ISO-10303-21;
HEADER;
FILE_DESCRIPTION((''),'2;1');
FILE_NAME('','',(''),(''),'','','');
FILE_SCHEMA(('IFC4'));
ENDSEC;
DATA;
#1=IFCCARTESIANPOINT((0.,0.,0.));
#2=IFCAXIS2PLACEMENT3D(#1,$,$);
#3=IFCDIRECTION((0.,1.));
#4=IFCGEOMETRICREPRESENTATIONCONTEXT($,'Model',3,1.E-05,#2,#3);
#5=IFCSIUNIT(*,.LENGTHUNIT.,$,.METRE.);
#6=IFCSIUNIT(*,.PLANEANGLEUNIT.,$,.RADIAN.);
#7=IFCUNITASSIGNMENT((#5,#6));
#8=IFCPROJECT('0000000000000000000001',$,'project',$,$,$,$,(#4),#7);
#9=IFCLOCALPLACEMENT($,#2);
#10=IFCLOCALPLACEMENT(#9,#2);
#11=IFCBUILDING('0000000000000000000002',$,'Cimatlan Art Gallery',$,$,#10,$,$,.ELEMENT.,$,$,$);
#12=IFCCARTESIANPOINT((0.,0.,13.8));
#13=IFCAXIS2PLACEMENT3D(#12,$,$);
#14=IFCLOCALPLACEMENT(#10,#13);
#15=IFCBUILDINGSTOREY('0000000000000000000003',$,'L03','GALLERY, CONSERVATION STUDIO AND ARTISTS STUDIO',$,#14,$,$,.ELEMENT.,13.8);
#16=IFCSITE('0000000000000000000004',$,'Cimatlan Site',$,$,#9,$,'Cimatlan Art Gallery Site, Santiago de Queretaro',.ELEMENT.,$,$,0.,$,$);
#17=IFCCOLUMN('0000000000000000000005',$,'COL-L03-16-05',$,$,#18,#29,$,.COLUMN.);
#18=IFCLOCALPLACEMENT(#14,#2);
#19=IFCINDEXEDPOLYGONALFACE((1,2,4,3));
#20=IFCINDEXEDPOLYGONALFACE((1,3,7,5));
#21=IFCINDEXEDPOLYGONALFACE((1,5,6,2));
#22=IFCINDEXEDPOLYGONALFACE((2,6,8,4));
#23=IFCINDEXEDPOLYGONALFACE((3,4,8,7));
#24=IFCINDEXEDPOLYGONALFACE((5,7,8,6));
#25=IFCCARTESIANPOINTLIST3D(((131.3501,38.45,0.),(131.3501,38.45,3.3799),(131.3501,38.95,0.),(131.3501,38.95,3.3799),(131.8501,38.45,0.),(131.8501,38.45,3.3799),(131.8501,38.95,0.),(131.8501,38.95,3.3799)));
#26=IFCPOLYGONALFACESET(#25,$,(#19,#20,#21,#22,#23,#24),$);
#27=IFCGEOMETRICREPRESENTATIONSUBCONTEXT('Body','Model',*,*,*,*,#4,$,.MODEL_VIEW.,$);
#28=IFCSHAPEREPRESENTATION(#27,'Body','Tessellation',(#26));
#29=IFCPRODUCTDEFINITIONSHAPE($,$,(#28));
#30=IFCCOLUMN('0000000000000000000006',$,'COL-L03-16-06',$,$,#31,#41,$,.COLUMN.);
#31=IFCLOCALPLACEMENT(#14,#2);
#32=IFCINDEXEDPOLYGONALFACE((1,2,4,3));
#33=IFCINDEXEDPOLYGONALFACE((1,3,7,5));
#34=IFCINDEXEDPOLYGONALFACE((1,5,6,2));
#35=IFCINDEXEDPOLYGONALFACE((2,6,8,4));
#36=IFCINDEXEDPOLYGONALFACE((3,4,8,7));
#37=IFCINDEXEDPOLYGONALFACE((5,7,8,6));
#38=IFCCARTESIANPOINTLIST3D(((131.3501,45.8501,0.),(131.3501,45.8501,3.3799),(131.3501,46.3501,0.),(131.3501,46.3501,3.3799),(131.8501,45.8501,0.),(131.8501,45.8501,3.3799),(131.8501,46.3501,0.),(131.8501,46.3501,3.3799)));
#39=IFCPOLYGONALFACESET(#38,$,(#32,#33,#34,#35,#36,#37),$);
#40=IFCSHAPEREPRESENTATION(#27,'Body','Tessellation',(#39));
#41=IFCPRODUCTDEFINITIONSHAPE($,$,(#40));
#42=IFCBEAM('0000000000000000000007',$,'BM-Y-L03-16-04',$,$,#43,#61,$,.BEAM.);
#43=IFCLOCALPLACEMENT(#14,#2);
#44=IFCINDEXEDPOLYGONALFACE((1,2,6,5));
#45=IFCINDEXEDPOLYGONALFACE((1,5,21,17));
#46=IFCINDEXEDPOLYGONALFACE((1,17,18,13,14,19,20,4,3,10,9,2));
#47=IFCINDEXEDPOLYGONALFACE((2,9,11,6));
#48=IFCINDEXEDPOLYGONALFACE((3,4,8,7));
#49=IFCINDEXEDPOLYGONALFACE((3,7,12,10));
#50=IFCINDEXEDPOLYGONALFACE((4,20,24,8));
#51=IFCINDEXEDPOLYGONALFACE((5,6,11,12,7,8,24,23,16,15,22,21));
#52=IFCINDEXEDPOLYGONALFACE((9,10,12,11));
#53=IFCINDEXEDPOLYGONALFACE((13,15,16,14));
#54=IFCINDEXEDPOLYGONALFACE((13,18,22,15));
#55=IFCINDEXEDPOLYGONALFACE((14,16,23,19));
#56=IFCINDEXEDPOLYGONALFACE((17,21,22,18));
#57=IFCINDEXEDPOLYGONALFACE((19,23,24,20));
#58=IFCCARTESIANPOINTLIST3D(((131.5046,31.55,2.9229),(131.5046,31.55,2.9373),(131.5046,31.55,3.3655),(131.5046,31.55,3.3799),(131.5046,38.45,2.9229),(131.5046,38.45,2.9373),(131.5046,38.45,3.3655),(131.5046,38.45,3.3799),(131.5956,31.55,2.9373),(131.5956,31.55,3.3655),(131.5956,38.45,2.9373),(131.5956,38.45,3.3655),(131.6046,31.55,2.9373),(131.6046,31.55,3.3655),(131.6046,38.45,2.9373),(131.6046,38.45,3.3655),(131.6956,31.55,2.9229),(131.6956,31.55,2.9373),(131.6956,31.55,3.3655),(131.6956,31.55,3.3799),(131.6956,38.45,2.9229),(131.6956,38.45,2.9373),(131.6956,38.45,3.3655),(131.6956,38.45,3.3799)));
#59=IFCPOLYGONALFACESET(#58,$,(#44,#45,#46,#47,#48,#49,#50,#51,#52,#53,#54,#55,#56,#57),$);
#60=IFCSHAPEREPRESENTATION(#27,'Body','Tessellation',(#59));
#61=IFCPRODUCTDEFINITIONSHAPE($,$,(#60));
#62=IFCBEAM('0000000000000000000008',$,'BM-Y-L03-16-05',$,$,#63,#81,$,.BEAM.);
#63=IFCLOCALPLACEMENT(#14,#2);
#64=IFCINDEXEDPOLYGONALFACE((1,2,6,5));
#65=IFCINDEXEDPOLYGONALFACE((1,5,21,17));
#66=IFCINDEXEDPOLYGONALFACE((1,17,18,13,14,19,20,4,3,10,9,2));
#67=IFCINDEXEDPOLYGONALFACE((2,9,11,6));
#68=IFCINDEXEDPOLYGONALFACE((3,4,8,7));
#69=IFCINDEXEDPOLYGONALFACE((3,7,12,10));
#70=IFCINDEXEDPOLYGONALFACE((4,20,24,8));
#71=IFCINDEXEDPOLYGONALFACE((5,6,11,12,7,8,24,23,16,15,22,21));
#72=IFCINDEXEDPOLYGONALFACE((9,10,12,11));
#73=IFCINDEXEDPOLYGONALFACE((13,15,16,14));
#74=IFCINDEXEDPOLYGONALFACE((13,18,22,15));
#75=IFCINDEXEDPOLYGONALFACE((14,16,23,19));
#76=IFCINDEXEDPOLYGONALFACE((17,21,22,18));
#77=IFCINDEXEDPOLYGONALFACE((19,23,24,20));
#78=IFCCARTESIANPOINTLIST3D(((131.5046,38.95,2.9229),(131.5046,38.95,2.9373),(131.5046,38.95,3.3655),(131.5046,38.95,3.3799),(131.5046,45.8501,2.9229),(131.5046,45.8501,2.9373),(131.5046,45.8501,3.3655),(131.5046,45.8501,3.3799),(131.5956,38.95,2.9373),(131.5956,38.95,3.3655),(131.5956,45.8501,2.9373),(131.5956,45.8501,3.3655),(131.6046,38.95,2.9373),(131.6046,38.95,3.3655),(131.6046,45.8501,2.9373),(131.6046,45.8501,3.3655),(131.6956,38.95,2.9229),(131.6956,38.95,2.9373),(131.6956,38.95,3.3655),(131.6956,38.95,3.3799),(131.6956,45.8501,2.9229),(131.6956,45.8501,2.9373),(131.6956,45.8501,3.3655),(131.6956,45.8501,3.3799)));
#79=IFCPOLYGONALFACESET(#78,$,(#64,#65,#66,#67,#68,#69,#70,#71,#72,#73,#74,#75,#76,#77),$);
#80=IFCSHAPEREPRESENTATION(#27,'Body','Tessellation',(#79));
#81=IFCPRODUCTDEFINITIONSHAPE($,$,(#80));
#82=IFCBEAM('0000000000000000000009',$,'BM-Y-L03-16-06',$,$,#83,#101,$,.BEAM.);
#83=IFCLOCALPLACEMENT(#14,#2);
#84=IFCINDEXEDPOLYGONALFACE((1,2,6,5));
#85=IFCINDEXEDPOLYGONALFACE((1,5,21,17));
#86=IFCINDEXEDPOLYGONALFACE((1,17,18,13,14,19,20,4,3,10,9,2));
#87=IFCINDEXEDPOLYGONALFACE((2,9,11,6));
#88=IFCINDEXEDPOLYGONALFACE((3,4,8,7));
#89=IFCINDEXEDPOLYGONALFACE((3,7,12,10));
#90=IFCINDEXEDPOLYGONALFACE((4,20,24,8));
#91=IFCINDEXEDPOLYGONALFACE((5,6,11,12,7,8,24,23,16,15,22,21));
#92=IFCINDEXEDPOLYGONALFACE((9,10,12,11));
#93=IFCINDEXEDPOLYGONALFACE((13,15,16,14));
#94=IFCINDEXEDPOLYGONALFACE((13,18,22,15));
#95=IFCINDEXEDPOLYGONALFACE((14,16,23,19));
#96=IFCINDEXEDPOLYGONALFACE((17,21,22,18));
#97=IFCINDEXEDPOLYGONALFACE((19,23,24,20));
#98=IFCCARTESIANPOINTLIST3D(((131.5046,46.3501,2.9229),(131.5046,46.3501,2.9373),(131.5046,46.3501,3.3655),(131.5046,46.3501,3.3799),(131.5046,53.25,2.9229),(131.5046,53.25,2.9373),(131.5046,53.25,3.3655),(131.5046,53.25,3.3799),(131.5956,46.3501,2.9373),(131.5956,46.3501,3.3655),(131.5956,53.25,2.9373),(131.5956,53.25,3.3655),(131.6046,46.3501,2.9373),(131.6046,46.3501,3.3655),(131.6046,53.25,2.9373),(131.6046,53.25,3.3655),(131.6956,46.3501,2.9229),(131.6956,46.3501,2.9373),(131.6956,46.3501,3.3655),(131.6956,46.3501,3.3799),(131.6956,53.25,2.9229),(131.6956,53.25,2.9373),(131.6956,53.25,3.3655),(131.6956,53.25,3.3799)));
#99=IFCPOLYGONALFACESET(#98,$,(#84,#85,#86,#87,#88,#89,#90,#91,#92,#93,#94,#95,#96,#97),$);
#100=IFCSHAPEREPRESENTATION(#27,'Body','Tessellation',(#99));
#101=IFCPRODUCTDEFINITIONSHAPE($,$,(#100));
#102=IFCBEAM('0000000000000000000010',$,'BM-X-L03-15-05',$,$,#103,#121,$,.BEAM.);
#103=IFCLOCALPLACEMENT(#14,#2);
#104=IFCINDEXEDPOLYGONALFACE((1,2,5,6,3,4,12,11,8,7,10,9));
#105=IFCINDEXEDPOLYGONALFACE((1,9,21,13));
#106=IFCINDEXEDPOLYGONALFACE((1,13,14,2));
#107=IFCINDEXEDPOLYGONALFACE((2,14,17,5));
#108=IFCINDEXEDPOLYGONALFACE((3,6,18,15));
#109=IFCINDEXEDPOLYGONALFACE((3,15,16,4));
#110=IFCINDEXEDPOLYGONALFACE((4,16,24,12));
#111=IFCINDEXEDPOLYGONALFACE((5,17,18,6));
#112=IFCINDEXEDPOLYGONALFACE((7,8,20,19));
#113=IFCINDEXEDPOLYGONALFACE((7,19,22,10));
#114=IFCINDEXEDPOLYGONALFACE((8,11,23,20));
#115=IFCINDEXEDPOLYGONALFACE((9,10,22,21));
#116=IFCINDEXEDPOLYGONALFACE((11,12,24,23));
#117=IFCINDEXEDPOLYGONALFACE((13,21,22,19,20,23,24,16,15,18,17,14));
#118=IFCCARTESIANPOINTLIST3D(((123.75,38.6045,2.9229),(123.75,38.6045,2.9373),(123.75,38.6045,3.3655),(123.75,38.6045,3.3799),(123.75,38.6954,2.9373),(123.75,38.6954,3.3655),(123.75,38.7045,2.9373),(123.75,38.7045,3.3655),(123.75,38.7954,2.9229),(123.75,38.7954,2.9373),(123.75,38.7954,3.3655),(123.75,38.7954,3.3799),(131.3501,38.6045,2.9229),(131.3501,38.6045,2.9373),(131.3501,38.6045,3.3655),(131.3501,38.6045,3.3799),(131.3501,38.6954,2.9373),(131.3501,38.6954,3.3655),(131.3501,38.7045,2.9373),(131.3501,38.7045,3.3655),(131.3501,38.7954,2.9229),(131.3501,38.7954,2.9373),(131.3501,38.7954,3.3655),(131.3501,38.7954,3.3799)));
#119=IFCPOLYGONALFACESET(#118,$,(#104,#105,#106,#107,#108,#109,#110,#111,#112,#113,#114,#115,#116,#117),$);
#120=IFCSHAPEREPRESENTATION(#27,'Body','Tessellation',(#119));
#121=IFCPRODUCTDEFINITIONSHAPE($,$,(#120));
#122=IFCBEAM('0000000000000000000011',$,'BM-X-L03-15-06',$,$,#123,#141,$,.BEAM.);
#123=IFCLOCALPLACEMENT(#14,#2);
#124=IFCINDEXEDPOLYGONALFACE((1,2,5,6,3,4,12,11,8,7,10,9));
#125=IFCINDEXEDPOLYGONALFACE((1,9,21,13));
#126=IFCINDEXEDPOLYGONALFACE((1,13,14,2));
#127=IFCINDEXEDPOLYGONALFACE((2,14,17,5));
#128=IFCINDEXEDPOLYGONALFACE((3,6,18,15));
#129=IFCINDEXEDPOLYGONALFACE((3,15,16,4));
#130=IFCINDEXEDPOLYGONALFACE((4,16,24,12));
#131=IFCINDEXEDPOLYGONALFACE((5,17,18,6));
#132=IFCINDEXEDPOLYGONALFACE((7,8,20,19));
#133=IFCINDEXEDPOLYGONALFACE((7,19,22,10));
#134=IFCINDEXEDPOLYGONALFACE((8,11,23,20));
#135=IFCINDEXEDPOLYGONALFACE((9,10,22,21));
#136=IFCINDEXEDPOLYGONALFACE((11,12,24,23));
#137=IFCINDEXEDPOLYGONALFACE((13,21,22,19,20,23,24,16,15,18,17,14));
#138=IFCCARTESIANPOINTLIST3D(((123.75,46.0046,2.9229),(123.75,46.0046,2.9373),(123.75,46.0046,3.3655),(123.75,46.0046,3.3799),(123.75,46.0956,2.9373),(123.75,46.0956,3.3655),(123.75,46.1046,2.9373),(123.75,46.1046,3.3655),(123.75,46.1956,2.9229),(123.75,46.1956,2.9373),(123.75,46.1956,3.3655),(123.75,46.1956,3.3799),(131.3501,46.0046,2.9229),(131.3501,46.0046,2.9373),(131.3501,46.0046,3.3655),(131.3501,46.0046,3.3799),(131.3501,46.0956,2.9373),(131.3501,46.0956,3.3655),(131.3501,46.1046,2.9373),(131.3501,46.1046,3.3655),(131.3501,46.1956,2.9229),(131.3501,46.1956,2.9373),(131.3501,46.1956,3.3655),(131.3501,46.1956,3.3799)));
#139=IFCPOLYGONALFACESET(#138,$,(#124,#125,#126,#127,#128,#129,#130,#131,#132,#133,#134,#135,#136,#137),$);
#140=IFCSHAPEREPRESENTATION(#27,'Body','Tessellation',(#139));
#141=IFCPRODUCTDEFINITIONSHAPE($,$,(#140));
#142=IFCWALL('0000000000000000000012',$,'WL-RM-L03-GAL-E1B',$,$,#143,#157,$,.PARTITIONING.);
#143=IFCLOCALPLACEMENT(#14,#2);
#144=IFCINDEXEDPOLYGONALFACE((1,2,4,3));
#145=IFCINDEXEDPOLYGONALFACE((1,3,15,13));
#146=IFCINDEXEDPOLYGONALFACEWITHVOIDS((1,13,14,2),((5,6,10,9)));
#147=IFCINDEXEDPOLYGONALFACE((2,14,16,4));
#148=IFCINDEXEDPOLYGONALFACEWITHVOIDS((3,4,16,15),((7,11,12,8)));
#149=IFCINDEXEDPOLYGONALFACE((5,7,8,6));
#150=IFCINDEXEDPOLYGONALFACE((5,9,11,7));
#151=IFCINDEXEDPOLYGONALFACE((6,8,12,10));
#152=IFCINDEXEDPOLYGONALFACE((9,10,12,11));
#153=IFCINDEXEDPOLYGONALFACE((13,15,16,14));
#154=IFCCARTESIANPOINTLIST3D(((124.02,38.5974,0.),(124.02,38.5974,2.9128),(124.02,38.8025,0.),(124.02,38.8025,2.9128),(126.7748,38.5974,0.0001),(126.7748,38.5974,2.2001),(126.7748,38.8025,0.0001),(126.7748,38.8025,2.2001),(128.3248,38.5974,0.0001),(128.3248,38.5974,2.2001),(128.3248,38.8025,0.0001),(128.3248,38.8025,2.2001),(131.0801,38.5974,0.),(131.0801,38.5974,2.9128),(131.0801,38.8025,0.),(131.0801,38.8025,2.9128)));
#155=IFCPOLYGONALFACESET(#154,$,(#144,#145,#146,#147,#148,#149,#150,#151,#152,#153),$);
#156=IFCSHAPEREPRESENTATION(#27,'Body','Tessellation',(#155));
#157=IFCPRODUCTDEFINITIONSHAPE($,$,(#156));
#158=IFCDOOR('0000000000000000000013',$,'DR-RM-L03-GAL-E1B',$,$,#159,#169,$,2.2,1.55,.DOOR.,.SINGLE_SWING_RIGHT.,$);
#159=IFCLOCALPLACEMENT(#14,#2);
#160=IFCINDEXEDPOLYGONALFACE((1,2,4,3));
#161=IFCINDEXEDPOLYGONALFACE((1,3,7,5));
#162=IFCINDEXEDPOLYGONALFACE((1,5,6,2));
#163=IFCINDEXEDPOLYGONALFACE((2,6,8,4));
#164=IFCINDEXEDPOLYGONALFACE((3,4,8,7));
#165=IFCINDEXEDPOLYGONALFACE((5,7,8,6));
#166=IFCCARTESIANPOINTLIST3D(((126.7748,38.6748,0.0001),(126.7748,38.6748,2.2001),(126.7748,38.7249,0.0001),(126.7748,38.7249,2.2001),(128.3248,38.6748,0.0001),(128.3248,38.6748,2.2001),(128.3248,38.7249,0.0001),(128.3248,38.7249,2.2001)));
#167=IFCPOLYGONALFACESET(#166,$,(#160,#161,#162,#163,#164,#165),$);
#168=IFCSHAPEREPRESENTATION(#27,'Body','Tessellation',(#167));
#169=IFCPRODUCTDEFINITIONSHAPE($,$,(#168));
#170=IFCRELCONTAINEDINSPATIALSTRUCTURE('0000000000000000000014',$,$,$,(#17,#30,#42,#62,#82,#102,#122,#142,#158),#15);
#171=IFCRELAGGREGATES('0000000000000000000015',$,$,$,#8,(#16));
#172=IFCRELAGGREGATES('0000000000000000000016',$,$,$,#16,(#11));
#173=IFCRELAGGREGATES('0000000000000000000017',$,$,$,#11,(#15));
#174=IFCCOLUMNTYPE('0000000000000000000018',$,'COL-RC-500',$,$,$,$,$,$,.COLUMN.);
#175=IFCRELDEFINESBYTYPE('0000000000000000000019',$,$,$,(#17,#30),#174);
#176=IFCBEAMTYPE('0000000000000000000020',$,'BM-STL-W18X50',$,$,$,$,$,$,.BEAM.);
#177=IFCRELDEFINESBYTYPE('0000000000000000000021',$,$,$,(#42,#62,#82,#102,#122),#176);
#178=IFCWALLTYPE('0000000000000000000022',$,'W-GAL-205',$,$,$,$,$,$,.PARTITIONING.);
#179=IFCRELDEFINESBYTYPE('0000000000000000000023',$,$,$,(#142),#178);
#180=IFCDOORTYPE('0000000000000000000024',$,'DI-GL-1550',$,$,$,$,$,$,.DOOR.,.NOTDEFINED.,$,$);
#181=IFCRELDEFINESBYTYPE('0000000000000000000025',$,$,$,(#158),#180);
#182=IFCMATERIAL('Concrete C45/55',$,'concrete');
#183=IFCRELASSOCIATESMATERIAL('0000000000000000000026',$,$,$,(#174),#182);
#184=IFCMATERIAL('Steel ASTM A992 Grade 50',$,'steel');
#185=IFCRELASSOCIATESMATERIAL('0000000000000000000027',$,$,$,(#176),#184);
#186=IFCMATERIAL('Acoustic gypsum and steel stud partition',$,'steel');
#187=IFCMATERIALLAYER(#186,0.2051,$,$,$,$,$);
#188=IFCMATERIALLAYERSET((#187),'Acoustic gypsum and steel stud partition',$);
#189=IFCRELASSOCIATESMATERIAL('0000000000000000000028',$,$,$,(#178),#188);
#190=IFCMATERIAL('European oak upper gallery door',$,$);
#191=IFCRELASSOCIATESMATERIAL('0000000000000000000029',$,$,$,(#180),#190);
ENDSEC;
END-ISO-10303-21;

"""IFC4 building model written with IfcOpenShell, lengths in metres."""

from ifc_helpers import new_model, si_unit, direction, frame, frame_2d, origin, origin_2d, place, context, subcontext, project, spatial, rectangle, i_section, extrude, material, layer, layer_set, material_profile, profile_set, type_object, element, fill, save


model = new_model("IFC4")

# Units and contexts
model_context = context("Model", 3, precision=1e-05, world=origin(), true_north=direction((0.0, 1.0)))
body_context = subcontext(model_context, "Body", "Model", "MODEL_VIEW")
ifc_project = project(units=[si_unit("LENGTHUNIT", "METRE"), si_unit("PLANEANGLEUNIT", "RADIAN")], contexts=[model_context])

# Site, building, storey
site_placement = place(None, origin())
site = spatial("IfcSite", under=ifc_project, at=site_placement, Name="Cimatlan Site", LongName="Cimatlan Art Gallery Site, Santiago de Queretaro", CompositionType="ELEMENT", RefElevation=0.0)
building_placement = place(site_placement, origin())
building = spatial("IfcBuilding", under=site, at=building_placement, Name="Cimatlan Art Gallery", CompositionType="ELEMENT")
storey_placement = place(building_placement, frame((0.0, 0.0, 13.8)))
storey = spatial("IfcBuildingStorey", under=building, at=storey_placement, Name="L03", Description="GALLERY, CONSERVATION STUDIO AND ARTISTS STUDIO", CompositionType="ELEMENT", Elevation=13.8)

# Columns
ifc_material_1 = material(Name="Concrete C45/55", Category="concrete")
ifc_material_profile_1 = material_profile(ifc_material_1, rectangle(XDim=0.5, YDim=0.5, at=origin_2d()), Name="RC500X500")
ifc_profile_set_1 = profile_set([ifc_material_profile_1], Name="Concrete C45/55")
column_type = type_object("IfcColumnType", Name="COL-RC-500", PredefinedType="COLUMN", material=ifc_profile_set_1)
for number, where, z_axis, x_axis, name in (
    (1, (131.6001, 38.7, 0.0), (0.0, 0.0, 1.0), (1.0, 0.0, 0.0), "COL-L03-16-05"),
    (2, (131.6001, 46.1001, 0.0), (0.0, 0.0, 1.0), (1.0, 0.0, 0.0), "COL-L03-16-06"),
):
    element("IfcColumn", number, at=place(storey_placement, frame(where, z_axis=z_axis, x_axis=x_axis)), inside=storey, type_object=column_type, Name=name, PredefinedType="COLUMN", context=body_context, shape_type="SweptSolid", body=[
        extrude(rectangle(XDim=0.5, YDim=0.5, at=origin_2d()), origin(), (0.0, 0.0, 1.0), 3.3799),
    ])

# Beams
ifc_material_2 = material(Name="Steel ASTM A992 Grade 50", Category="steel")
ifc_material_profile_2 = material_profile(ifc_material_2, i_section(OverallWidth=0.1909, OverallDepth=0.457, WebThickness=0.009, FlangeThickness=0.0144, at=origin_2d()), Name="W18X50")
ifc_profile_set_2 = profile_set([ifc_material_profile_2], Name="Steel ASTM A992 Grade 50")
beam_type = type_object("IfcBeamType", Name="BM-STL-W18X50", PredefinedType="BEAM", material=ifc_profile_set_2)
beam_1_placement = place(storey_placement, frame((131.6001, 31.55, 3.1514), z_axis=(0.0, 1.0, 0.0), x_axis=(-1.0, 0.0, 0.0)))
element("IfcBeam", 3, at=beam_1_placement, inside=storey, type_object=beam_type, Name="BM-Y-L03-16-04", PredefinedType="BEAM", context=body_context, shape_type="SweptSolid", body=[
    extrude(i_section(OverallWidth=0.1909, OverallDepth=0.457, WebThickness=0.009, FlangeThickness=0.0144, at=origin_2d()), origin(), (0.0, 0.0, 1.0), 6.8999),
])
beam_2_placement = place(storey_placement, frame((131.6001, 38.95, 3.1514), z_axis=(0.0, 1.0, 0.0), x_axis=(-1.0, 0.0, 0.0)))
element("IfcBeam", 4, at=beam_2_placement, inside=storey, type_object=beam_type, Name="BM-Y-L03-16-05", PredefinedType="BEAM", context=body_context, shape_type="SweptSolid", body=[
    extrude(i_section(OverallWidth=0.1909, OverallDepth=0.457, WebThickness=0.009, FlangeThickness=0.0144, at=origin_2d()), origin(), (0.0, 0.0, 1.0), 6.9001),
])
beam_3_placement = place(storey_placement, frame((131.6001, 46.3501, 3.1514), z_axis=(0.0, 1.0, 0.0), x_axis=(-1.0, 0.0, 0.0)))
element("IfcBeam", 5, at=beam_3_placement, inside=storey, type_object=beam_type, Name="BM-Y-L03-16-06", PredefinedType="BEAM", context=body_context, shape_type="SweptSolid", body=[
    extrude(i_section(OverallWidth=0.1909, OverallDepth=0.457, WebThickness=0.009, FlangeThickness=0.0144, at=origin_2d()), origin(), (0.0, 0.0, 1.0), 6.8999),
])
for number, where, z_axis, x_axis, name in (
    (6, (123.75, 38.7, 3.1514), (1.0, 0.0, 0.0), (0.0, 1.0, 0.0), "BM-X-L03-15-05"),
    (7, (123.75, 46.1001, 3.1514), (1.0, 0.0, 0.0), (0.0, 1.0, 0.0), "BM-X-L03-15-06"),
):
    element("IfcBeam", number, at=place(storey_placement, frame(where, z_axis=z_axis, x_axis=x_axis)), inside=storey, type_object=beam_type, Name=name, PredefinedType="BEAM", context=body_context, shape_type="SweptSolid", body=[
        extrude(i_section(OverallWidth=0.1909, OverallDepth=0.457, WebThickness=0.009, FlangeThickness=0.0144, at=origin_2d()), origin(), (0.0, 0.0, 1.0), 7.6001),
    ])

# Wall, opening, door
ifc_material_3 = material(Name="Acoustic gypsum and steel stud partition", Category="steel")
ifc_layer_1 = layer(ifc_material_3, 0.2051)
ifc_layer_set_1 = layer_set([ifc_layer_1], Name="Acoustic gypsum and steel stud partition")
wall_type_1 = type_object("IfcWallType", Name="W-GAL-205", PredefinedType="PARTITIONING", material=ifc_layer_set_1)
wall_1_placement = place(storey_placement, frame((124.02, 38.7, 0.0), z_axis=(0.0, 0.0, 1.0), x_axis=(1.0, 0.0, 0.0)))
wall_1 = element("IfcWall", 8, at=wall_1_placement, inside=storey, type_object=wall_type_1, Name="WL-RM-L03-GAL-E1B", PredefinedType="PARTITIONING", context=body_context, shape_type="SweptSolid", body=[
    extrude(rectangle(XDim=7.0601, YDim=0.2051, at=frame_2d((3.53, 0.0))), origin(), (0.0, 0.0, 1.0), 2.9128),
])
opening_1_placement = place(wall_1_placement, frame((2.7549, 0.0, 0.0)))
opening_1 = element("IfcOpeningElement", 9, at=opening_1_placement, cuts=wall_1, PredefinedType="OPENING", context=body_context, shape_type="SweptSolid", body=[
    extrude(rectangle(XDim=1.55, YDim=2.2, at=frame_2d((0.7749, 1.1001))), frame((0.0, 0.1125, 0.0), z_axis=(0.0, -1.0, 0.0), x_axis=(1.0, 0.0, 0.0)), (0.0, 0.0, 1.0), 0.2251),
])
ifc_material_4 = material(Name="European oak upper gallery door")
door_type_1 = type_object("IfcDoorType", Name="DI-GL-1550", OperationType="NOTDEFINED", PredefinedType="DOOR", material=ifc_material_4)
door_1_placement = place(opening_1_placement, origin())
door_1 = element("IfcDoor", 10, at=door_1_placement, inside=storey, type_object=door_type_1, Name="DR-RM-L03-GAL-E1B", OperationType="SINGLE_SWING_RIGHT", OverallHeight=2.2, OverallWidth=1.55, PredefinedType="DOOR", context=body_context, shape_type="SweptSolid", body=[
    extrude(rectangle(XDim=1.55, YDim=2.2, at=frame_2d((0.7749, 1.1001))), frame((0.0, 0.0249, 0.0), z_axis=(0.0, -1.0, 0.0), x_axis=(1.0, 0.0, 0.0)), (0.0, 0.0, 1.0), 0.05),
])
fill(opening_1, door_1)

save(model, "model.ifc")
